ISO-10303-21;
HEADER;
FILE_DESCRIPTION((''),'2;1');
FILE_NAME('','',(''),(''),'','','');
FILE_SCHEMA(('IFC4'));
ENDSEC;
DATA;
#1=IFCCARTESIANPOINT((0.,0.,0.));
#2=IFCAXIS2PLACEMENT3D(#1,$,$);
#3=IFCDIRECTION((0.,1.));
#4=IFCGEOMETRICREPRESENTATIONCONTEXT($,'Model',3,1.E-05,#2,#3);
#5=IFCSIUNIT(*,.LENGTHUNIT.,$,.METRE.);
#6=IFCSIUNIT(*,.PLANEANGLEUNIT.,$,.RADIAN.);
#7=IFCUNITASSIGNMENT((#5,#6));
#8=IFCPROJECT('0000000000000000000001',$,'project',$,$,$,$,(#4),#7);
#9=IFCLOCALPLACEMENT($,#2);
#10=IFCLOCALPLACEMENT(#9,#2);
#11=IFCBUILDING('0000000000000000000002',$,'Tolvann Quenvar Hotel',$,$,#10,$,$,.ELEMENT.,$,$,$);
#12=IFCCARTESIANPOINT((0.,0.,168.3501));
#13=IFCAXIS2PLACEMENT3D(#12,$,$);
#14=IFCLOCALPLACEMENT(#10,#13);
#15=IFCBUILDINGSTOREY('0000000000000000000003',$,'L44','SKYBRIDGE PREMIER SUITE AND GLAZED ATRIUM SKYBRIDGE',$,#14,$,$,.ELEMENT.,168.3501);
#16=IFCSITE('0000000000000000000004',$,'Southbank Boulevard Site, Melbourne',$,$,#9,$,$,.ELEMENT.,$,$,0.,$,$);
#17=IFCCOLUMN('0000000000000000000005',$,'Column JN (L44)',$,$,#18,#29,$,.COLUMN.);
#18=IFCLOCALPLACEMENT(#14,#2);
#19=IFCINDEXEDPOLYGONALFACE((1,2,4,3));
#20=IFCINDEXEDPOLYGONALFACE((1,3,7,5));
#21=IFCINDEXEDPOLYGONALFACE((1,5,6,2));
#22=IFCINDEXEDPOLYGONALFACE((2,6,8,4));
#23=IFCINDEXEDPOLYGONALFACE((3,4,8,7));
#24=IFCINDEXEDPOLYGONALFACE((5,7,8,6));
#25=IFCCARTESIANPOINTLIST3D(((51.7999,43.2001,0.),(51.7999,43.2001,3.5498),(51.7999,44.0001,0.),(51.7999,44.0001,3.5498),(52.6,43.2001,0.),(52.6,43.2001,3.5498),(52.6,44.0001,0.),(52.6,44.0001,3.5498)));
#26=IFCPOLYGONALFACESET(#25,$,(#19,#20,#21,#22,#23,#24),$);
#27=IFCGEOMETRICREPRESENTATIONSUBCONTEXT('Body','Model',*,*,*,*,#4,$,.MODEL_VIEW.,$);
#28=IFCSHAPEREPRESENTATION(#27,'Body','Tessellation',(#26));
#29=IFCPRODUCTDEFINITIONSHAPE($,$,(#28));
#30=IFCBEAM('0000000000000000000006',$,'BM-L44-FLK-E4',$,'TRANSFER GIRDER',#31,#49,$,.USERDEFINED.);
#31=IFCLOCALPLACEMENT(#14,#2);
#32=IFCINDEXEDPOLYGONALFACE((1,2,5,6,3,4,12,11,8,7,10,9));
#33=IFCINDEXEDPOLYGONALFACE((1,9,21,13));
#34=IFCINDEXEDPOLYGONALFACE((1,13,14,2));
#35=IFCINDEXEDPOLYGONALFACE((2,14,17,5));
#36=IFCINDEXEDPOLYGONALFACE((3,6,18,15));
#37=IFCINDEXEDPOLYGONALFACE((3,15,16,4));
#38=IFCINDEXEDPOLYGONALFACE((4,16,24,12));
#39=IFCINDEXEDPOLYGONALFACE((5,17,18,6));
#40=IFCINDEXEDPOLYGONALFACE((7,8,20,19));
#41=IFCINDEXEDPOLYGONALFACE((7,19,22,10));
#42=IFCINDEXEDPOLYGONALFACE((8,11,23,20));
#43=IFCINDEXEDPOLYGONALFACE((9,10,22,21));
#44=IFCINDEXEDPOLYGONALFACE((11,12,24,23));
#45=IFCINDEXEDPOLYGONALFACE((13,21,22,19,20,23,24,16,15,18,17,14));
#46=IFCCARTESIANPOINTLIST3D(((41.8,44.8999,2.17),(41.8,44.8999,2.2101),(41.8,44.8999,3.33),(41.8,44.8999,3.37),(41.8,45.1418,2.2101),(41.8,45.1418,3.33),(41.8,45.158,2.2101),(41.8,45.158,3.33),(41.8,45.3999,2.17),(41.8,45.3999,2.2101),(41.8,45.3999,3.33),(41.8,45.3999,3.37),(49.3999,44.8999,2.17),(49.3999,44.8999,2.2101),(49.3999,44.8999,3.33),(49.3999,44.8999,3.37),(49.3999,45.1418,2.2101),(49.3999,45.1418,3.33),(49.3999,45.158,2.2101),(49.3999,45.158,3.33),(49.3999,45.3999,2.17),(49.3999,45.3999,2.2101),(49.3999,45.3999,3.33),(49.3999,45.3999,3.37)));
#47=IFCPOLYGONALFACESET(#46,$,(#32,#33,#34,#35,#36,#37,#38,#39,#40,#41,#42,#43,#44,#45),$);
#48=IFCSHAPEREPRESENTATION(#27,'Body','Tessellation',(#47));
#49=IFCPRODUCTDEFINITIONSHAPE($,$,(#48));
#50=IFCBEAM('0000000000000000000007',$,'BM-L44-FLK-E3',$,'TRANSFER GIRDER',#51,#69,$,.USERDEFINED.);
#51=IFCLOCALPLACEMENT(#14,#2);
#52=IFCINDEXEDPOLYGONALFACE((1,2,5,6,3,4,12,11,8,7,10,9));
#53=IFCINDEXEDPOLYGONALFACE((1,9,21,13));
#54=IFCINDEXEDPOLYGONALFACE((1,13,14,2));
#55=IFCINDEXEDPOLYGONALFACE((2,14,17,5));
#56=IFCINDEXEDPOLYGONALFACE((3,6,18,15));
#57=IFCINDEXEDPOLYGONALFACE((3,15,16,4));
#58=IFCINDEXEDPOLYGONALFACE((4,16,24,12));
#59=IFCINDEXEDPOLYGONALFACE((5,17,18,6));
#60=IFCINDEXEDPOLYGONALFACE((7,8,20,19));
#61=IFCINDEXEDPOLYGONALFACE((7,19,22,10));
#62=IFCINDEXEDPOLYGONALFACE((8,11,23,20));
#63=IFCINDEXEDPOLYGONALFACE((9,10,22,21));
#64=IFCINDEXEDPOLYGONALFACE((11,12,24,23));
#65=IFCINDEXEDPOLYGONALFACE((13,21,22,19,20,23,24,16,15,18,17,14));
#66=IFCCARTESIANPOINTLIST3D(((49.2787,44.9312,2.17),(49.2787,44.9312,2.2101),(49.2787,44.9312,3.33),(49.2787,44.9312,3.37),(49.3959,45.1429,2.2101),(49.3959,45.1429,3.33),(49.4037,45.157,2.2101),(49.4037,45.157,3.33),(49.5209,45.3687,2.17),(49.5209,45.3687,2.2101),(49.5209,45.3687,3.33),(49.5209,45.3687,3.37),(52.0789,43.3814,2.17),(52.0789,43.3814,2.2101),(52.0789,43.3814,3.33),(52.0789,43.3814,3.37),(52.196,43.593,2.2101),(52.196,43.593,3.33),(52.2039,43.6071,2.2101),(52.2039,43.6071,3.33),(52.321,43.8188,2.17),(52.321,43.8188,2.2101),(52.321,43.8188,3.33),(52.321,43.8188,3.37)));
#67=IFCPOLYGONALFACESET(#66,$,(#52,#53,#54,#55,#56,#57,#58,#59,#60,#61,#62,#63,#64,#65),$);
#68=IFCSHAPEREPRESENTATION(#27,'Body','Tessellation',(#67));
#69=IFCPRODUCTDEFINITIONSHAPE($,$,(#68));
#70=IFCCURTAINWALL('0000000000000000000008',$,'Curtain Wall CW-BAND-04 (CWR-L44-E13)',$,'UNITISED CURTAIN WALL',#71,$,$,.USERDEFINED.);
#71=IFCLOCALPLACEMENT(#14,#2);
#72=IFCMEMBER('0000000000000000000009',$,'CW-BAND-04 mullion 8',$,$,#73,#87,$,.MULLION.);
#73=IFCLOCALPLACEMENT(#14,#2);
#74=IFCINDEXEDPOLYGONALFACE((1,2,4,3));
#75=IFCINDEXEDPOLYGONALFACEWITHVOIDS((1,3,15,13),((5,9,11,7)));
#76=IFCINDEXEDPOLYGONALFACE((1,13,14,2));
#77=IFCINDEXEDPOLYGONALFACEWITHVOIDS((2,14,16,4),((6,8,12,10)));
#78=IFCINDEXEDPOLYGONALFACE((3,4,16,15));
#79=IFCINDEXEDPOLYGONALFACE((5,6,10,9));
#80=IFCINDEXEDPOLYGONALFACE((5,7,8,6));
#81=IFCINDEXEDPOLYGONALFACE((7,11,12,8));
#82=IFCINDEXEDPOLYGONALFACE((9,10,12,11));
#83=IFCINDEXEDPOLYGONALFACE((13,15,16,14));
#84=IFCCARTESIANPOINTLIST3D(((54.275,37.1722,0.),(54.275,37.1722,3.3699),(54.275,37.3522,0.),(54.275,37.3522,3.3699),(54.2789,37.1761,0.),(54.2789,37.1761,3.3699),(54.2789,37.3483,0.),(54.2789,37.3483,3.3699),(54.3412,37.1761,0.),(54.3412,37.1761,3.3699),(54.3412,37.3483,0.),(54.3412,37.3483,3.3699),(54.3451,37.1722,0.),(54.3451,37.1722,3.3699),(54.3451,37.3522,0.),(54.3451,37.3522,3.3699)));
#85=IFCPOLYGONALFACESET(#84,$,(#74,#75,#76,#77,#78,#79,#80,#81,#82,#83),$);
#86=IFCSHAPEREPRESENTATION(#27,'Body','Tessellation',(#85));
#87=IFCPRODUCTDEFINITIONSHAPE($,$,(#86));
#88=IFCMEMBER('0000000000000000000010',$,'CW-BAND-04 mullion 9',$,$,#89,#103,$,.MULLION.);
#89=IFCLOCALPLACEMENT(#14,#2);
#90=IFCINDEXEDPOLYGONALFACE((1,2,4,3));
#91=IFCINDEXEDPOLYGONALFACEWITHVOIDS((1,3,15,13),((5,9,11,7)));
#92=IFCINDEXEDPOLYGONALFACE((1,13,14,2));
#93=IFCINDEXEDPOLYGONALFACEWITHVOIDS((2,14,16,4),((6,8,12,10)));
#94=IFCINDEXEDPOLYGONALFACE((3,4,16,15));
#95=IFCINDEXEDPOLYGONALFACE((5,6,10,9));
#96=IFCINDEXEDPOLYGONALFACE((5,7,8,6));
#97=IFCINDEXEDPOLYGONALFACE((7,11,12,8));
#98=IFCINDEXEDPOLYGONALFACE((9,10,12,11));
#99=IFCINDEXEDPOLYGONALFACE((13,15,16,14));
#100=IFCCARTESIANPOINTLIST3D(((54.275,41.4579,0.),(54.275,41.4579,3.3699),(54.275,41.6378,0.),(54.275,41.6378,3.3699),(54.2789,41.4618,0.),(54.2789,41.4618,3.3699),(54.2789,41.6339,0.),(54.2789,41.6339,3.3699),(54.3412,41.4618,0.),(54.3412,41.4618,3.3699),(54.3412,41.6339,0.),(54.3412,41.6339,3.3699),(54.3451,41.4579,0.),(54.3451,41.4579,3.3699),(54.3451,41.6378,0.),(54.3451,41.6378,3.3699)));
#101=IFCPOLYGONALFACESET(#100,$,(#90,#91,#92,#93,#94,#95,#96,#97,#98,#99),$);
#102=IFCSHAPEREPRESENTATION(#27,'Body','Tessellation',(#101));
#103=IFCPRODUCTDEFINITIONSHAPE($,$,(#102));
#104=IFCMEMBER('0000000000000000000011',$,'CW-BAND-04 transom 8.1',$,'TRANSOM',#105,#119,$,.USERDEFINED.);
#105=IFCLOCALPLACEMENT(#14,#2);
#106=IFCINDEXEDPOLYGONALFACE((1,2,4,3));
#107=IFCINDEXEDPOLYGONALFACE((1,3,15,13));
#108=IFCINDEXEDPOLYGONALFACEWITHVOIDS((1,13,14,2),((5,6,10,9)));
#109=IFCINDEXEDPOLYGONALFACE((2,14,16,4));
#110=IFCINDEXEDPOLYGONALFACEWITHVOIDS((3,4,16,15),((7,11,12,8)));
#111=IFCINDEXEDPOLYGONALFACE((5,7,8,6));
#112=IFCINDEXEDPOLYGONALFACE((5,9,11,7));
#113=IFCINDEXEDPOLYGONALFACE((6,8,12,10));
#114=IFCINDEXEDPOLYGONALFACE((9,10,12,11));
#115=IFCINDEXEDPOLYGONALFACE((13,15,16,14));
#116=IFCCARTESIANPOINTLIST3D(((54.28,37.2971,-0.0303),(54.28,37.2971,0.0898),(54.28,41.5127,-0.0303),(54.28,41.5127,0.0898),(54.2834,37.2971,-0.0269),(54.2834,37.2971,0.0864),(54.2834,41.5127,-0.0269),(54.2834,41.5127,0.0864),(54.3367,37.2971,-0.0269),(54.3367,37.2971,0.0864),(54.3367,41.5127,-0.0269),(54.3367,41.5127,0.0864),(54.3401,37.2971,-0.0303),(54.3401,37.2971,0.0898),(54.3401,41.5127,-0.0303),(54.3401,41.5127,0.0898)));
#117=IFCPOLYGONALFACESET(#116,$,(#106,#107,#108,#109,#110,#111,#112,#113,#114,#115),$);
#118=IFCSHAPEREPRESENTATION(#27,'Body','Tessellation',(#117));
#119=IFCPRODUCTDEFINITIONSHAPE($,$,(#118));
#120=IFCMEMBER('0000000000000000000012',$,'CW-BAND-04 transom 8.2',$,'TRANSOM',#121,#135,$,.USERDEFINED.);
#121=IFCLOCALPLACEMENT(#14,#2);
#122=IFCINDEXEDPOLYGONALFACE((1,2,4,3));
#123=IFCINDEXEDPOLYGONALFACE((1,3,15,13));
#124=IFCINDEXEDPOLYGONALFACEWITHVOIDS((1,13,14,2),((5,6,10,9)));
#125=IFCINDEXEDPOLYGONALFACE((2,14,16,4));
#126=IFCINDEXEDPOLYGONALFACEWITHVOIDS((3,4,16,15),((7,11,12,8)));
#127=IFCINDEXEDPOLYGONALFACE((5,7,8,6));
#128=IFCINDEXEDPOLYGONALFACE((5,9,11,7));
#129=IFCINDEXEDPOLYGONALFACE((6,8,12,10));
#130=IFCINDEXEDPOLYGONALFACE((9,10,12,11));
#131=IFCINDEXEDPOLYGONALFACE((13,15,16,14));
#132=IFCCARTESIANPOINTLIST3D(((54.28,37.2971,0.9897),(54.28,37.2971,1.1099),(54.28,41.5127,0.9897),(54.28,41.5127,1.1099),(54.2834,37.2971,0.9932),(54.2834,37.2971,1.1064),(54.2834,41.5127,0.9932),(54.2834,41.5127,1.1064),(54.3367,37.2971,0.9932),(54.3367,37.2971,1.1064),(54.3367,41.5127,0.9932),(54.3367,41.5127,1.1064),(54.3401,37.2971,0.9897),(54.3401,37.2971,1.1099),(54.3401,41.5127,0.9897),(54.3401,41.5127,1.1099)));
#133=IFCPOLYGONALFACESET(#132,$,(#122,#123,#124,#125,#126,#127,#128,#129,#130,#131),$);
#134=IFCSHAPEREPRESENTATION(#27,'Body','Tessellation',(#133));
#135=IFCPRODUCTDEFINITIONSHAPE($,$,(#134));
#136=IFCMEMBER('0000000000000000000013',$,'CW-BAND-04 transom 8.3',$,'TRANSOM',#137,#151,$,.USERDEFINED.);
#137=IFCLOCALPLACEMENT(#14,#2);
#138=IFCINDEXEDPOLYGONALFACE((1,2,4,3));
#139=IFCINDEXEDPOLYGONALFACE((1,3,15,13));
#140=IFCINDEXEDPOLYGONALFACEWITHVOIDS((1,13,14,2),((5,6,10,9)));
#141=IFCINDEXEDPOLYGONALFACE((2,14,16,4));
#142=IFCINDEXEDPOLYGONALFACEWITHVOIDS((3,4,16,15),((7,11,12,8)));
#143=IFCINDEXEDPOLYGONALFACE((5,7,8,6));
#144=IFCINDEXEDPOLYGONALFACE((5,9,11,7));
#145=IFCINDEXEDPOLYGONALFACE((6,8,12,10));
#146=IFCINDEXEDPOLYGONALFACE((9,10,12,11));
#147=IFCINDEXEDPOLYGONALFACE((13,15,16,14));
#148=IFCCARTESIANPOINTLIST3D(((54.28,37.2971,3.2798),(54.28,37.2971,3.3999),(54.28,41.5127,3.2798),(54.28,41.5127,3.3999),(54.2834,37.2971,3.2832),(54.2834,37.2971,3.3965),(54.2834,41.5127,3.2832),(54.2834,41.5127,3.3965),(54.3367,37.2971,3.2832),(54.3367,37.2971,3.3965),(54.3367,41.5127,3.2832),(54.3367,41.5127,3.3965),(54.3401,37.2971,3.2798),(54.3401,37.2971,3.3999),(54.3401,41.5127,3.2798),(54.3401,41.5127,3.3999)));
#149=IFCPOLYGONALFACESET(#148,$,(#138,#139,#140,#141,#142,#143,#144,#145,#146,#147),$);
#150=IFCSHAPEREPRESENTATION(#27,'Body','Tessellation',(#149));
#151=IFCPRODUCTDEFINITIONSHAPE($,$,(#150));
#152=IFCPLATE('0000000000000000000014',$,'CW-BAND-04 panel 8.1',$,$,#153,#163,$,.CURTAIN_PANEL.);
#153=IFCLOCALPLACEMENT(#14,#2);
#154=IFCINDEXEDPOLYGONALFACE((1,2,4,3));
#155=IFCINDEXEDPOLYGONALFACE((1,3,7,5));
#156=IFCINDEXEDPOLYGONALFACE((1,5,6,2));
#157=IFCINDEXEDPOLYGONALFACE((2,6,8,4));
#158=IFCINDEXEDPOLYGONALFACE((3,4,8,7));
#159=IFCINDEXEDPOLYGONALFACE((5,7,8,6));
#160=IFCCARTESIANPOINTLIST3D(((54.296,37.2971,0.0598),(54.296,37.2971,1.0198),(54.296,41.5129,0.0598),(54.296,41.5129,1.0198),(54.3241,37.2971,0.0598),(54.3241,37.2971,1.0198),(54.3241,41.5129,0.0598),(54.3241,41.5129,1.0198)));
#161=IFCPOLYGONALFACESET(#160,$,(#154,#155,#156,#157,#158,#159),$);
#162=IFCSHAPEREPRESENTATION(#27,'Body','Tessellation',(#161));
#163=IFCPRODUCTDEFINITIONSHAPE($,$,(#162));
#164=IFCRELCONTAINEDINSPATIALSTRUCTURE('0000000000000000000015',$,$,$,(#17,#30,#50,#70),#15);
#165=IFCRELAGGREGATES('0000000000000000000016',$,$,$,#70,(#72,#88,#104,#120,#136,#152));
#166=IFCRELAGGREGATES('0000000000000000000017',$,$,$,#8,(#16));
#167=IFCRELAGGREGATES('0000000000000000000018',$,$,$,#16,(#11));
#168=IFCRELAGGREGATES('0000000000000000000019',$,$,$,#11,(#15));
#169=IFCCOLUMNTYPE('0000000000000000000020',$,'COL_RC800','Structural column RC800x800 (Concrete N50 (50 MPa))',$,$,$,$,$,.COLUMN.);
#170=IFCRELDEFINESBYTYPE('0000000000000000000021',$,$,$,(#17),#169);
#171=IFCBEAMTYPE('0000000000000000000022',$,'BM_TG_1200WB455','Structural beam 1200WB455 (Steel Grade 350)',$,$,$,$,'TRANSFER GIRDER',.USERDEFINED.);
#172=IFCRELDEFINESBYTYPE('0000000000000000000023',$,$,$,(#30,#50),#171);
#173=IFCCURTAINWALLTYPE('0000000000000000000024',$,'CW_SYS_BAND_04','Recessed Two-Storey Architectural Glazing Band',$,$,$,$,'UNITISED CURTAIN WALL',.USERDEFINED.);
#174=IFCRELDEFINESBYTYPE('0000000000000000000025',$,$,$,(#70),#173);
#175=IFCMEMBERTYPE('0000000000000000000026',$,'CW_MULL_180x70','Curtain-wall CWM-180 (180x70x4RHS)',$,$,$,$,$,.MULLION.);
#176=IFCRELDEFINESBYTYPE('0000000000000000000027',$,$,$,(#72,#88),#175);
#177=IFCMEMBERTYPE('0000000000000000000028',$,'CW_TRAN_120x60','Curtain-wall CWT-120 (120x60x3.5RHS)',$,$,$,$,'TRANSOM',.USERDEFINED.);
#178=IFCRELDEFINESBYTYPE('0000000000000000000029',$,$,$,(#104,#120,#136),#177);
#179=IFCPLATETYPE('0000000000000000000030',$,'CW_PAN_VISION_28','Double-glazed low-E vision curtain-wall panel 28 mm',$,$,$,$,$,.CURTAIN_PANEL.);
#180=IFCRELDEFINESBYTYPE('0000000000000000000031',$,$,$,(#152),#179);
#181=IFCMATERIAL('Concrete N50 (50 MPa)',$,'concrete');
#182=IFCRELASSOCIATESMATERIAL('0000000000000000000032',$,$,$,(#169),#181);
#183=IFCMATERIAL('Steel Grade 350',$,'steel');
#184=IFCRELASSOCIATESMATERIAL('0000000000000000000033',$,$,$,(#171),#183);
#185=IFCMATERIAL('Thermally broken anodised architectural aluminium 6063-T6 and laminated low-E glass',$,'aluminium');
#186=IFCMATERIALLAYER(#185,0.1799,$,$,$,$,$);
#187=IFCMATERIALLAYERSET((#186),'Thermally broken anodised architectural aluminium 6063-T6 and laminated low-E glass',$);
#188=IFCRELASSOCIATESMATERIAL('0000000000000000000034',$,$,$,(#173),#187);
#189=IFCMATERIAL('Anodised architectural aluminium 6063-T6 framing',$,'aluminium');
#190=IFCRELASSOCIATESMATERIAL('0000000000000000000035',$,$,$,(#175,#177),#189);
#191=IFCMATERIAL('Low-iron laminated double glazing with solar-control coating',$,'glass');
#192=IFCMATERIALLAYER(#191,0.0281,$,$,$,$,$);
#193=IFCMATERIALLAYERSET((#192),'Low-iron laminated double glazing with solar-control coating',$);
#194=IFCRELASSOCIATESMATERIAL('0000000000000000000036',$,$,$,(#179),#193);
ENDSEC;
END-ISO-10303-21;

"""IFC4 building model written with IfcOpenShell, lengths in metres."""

from ifc_helpers import new_model, si_unit, direction, frame, origin, origin_2d, place, context, subcontext, project, spatial, rectangle, hollow_rectangle, i_section, extrude, source, transform, mapped, material, layer, layer_set, material_profile, profile_set, type_object, type_shapes, element, aggregate, save


model = new_model("IFC4")

# Units and contexts
model_context = context("Model", 3, precision=1e-05, world=origin(), true_north=direction((0.0, 1.0)))
body_context = subcontext(model_context, "Body", "Model", "MODEL_VIEW")
ifc_project = project(units=[si_unit("LENGTHUNIT", "METRE"), si_unit("PLANEANGLEUNIT", "RADIAN")], contexts=[model_context])

# Site, building, storey
site_placement = place(None, origin())
site = spatial("IfcSite", under=ifc_project, at=site_placement, Name="Southbank Boulevard Site, Melbourne", CompositionType="ELEMENT", RefElevation=0.0)
building_placement = place(site_placement, origin())
building = spatial("IfcBuilding", under=site, at=building_placement, Name="Tolvann Quenvar Hotel", CompositionType="ELEMENT")
storey_placement = place(building_placement, frame((0.0, 0.0, 168.3501)))
storey = spatial("IfcBuildingStorey", under=building, at=storey_placement, Name="L44", Description="SKYBRIDGE PREMIER SUITE AND GLAZED ATRIUM SKYBRIDGE", CompositionType="ELEMENT", Elevation=168.3501)

# Column
ifc_material_1 = material(Name="Concrete N50 (50 MPa)", Category="concrete")
ifc_material_profile_1 = material_profile(ifc_material_1, rectangle(XDim=0.8, YDim=0.8, at=origin_2d()), Name="RC800x800")
ifc_profile_set_1 = profile_set([ifc_material_profile_1], Name="Concrete N50 (50 MPa)")
column_type = type_object("IfcColumnType", Name="COL_RC800", Description="Structural column RC800x800 (Concrete N50 (50 MPa))", PredefinedType="COLUMN", material=ifc_profile_set_1)
shared_shape_1 = source(origin(), body_context, "Body", "SweptSolid", [
    extrude(rectangle(XDim=0.8, YDim=0.8, at=origin_2d()), origin(), (0.0, 0.0, 1.0), 3.5498),
])
type_shapes(column_type, [shared_shape_1])
column_placement = place(storey_placement, frame((52.2, 43.6001, 0.0), z_axis=(0.0, 0.0, 1.0), x_axis=(1.0, 0.0, 0.0)))
element("IfcColumn", 1, at=column_placement, inside=storey, type_object=column_type, Name="Column JN (L44)", PredefinedType="COLUMN", context=body_context, shape_type="MappedRepresentation", body=[
    mapped(shared_shape_1, transform((0.0, 0.0, 0.0), x_axis=(1.0, 0.0, 0.0), y_axis=(0.0, 1.0, 0.0), z_axis=(0.0, 0.0, 1.0), scale=1.0)),
])

# Beams
ifc_material_2 = material(Name="Steel Grade 350", Category="steel")
ifc_material_profile_2 = material_profile(ifc_material_2, i_section(OverallWidth=0.5, OverallDepth=1.2, WebThickness=0.0161, FlangeThickness=0.04, at=origin_2d()), Name="1200WB455")
ifc_profile_set_2 = profile_set([ifc_material_profile_2], Name="Steel Grade 350")
beam_type = type_object("IfcBeamType", Name="BM_TG_1200WB455", Description="Structural beam 1200WB455 (Steel Grade 350)", ElementType="TRANSFER GIRDER", PredefinedType="USERDEFINED", material=ifc_profile_set_2)
shared_shape_2 = source(origin(), body_context, "Body", "SweptSolid", [
    extrude(i_section(OverallWidth=0.5, OverallDepth=1.2, WebThickness=0.0161, FlangeThickness=0.04, at=origin_2d()), origin(), (0.0, 0.0, 1.0), 7.5999),
])
beam_1_placement = place(storey_placement, frame((49.3999, 45.1499, 2.77), z_axis=(-1.0, 0.0, 0.0), x_axis=(0.0, -1.0, 0.0)))
element("IfcBeam", 2, at=beam_1_placement, inside=storey, type_object=beam_type, Name="BM-L44-FLK-E4", ObjectType="TRANSFER GIRDER", PredefinedType="USERDEFINED", context=body_context, shape_type="MappedRepresentation", body=[
    mapped(shared_shape_2, transform((0.0, 0.0, 0.0), x_axis=(1.0, 0.0, 0.0), y_axis=(0.0, 1.0, 0.0), z_axis=(0.0, 0.0, 1.0), scale=1.0)),
])
shared_shape_3 = source(origin(), body_context, "Body", "SweptSolid", [
    extrude(i_section(OverallWidth=0.5, OverallDepth=1.2, WebThickness=0.0161, FlangeThickness=0.04, at=origin_2d()), origin(), (0.0, 0.0, 1.0), 3.2004),
])
type_shapes(beam_type, [shared_shape_2, shared_shape_3])
beam_2_placement = place(storey_placement, frame((52.2, 43.6001, 2.77), z_axis=(-0.874923, 0.484263, 0.0), x_axis=(-0.484263, -0.874923, 0.0)))
element("IfcBeam", 3, at=beam_2_placement, inside=storey, type_object=beam_type, Name="BM-L44-FLK-E3", ObjectType="TRANSFER GIRDER", PredefinedType="USERDEFINED", context=body_context, shape_type="MappedRepresentation", body=[
    mapped(shared_shape_3, transform((0.0, 0.0, 0.0), x_axis=(1.0, 0.0, 0.0), y_axis=(0.0, 1.0, 0.0), z_axis=(0.0, 0.0, 1.0), scale=1.0)),
])

# Curtain wall, members, plate
ifc_material_3 = material(Name="Thermally broken anodised architectural aluminium 6063-T6 and laminated low-E glass", Category="aluminium")
ifc_layer_1 = layer(ifc_material_3, 0.1799)
ifc_layer_set_1 = layer_set([ifc_layer_1], Name="Thermally broken anodised architectural aluminium 6063-T6 and laminated low-E glass")
curtain_wall_type = type_object("IfcCurtainWallType", Name="CW_SYS_BAND_04", Description="Recessed Two-Storey Architectural Glazing Band", ElementType="UNITISED CURTAIN WALL", PredefinedType="USERDEFINED", material=ifc_layer_set_1)
curtain_wall_placement = place(storey_placement, origin())
curtain_wall = element("IfcCurtainWall", 4, at=curtain_wall_placement, inside=storey, type_object=curtain_wall_type, Name="Curtain Wall CW-BAND-04 (CWR-L44-E13)", ObjectType="UNITISED CURTAIN WALL", PredefinedType="USERDEFINED")
ifc_material_4 = material(Name="Anodised architectural aluminium 6063-T6 framing", Category="aluminium")
ifc_material_profile_3 = material_profile(ifc_material_4, hollow_rectangle(XDim=0.0701, YDim=0.1799, WallThickness=0.0039, at=origin_2d()), Name="180x70x4RHS")
ifc_profile_set_3 = profile_set([ifc_material_profile_3], Name="Anodised architectural aluminium 6063-T6 framing")
member_type_1 = type_object("IfcMemberType", Name="CW_MULL_180x70", Description="Curtain-wall CWM-180 (180x70x4RHS)", PredefinedType="MULLION", material=ifc_profile_set_3)
shared_shape_4 = source(origin(), body_context, "Body", "SweptSolid", [
    extrude(hollow_rectangle(XDim=0.0701, YDim=0.1799, WallThickness=0.0039, at=origin_2d()), origin(), (0.0, 0.0, 1.0), 3.3699),
])
type_shapes(member_type_1, [shared_shape_4])
member_1_placement = place(storey_placement, frame((54.3101, 37.2622, 0.0), z_axis=(0.0, 0.0, 1.0), x_axis=(-1.0, 0.0, 0.0)))
member_1 = element("IfcMember", 5, at=member_1_placement, type_object=member_type_1, Name="CW-BAND-04 mullion 8", PredefinedType="MULLION", context=body_context, shape_type="MappedRepresentation", body=[
    mapped(shared_shape_4, transform((0.0, 0.0, 0.0), x_axis=(1.0, 0.0, 0.0), y_axis=(0.0, 1.0, 0.0), z_axis=(0.0, 0.0, 1.0), scale=1.0)),
])
member_2_placement = place(storey_placement, frame((54.3101, 41.5479, 0.0), z_axis=(0.0, 0.0, 1.0), x_axis=(-1.0, 0.0, 0.0)))
member_2 = element("IfcMember", 6, at=member_2_placement, type_object=member_type_1, Name="CW-BAND-04 mullion 9", PredefinedType="MULLION", context=body_context, shape_type="MappedRepresentation", body=[
    mapped(shared_shape_4, transform((0.0, 0.0, 0.0), x_axis=(1.0, 0.0, 0.0), y_axis=(0.0, 1.0, 0.0), z_axis=(0.0, 0.0, 1.0), scale=1.0)),
])
ifc_material_profile_4 = material_profile(ifc_material_4, hollow_rectangle(XDim=0.0601, YDim=0.1201, WallThickness=0.0034, at=origin_2d()), Name="120x60x3.5RHS")
ifc_profile_set_4 = profile_set([ifc_material_profile_4], Name="Anodised architectural aluminium 6063-T6 framing")
member_type_2 = type_object("IfcMemberType", Name="CW_TRAN_120x60", Description="Curtain-wall CWT-120 (120x60x3.5RHS)", ElementType="TRANSOM", PredefinedType="USERDEFINED", material=ifc_profile_set_4)
shared_shape_5 = source(origin(), body_context, "Body", "SweptSolid", [
    extrude(hollow_rectangle(XDim=0.0601, YDim=0.1201, WallThickness=0.0034, at=origin_2d()), origin(), (0.0, 0.0, 1.0), 4.2156),
])
type_shapes(member_type_2, [shared_shape_5])
member_3_placement = place(storey_placement, frame((54.3101, 37.2971, 0.0298), z_axis=(0.0, 1.0, 0.0), x_axis=(-1.0, 0.0, 0.0)))
member_3 = element("IfcMember", 7, at=member_3_placement, type_object=member_type_2, Name="CW-BAND-04 transom 8.1", ObjectType="TRANSOM", PredefinedType="USERDEFINED", context=body_context, shape_type="MappedRepresentation", body=[
    mapped(shared_shape_5, transform((0.0, 0.0, 0.0), x_axis=(1.0, 0.0, 0.0), y_axis=(0.0, 1.0, 0.0), z_axis=(0.0, 0.0, 1.0), scale=1.0)),
])
member_4_placement = place(storey_placement, frame((54.3101, 37.2971, 1.0498), z_axis=(0.0, 1.0, 0.0), x_axis=(-1.0, 0.0, 0.0)))
member_4 = element("IfcMember", 8, at=member_4_placement, type_object=member_type_2, Name="CW-BAND-04 transom 8.2", ObjectType="TRANSOM", PredefinedType="USERDEFINED", context=body_context, shape_type="MappedRepresentation", body=[
    mapped(shared_shape_5, transform((0.0, 0.0, 0.0), x_axis=(1.0, 0.0, 0.0), y_axis=(0.0, 1.0, 0.0), z_axis=(0.0, 0.0, 1.0), scale=1.0)),
])
member_5_placement = place(storey_placement, frame((54.3101, 37.2971, 3.3398), z_axis=(0.0, 1.0, 0.0), x_axis=(-1.0, 0.0, 0.0)))
member_5 = element("IfcMember", 9, at=member_5_placement, type_object=member_type_2, Name="CW-BAND-04 transom 8.3", ObjectType="TRANSOM", PredefinedType="USERDEFINED", context=body_context, shape_type="MappedRepresentation", body=[
    mapped(shared_shape_5, transform((0.0, 0.0, 0.0), x_axis=(1.0, 0.0, 0.0), y_axis=(0.0, 1.0, 0.0), z_axis=(0.0, 0.0, 1.0), scale=1.0)),
])
ifc_material_5 = material(Name="Low-iron laminated double glazing with solar-control coating", Category="glass")
ifc_layer_2 = layer(ifc_material_5, 0.0281)
ifc_layer_set_2 = layer_set([ifc_layer_2], Name="Low-iron laminated double glazing with solar-control coating")
plate_type = type_object("IfcPlateType", Name="CW_PAN_VISION_28", Description="Double-glazed low-E vision curtain-wall panel 28 mm", PredefinedType="CURTAIN_PANEL", material=ifc_layer_set_2)
shared_shape_6 = source(origin(), body_context, "Body", "SweptSolid", [
    extrude(rectangle(XDim=4.2158, YDim=0.0281, at=origin_2d()), origin(), (0.0, 0.0, 1.0), 0.96),
])
plate_1_placement = place(storey_placement, frame((54.3101, 39.405, 0.0598), z_axis=(0.0, 0.0, 1.0), x_axis=(0.0, 1.0, 0.0)))
plate_1 = element("IfcPlate", 10, at=plate_1_placement, type_object=plate_type, Name="CW-BAND-04 panel 8.1", PredefinedType="CURTAIN_PANEL", context=body_context, shape_type="MappedRepresentation", body=[
    mapped(shared_shape_6, transform((0.0, 0.0, 0.0), x_axis=(1.0, 0.0, 0.0), y_axis=(0.0, 1.0, 0.0), z_axis=(0.0, 0.0, 1.0), scale=1.0)),
])
aggregate(curtain_wall, [member_1, member_2, member_3, member_4, member_5, plate_1])

save(model, "model.ifc")
